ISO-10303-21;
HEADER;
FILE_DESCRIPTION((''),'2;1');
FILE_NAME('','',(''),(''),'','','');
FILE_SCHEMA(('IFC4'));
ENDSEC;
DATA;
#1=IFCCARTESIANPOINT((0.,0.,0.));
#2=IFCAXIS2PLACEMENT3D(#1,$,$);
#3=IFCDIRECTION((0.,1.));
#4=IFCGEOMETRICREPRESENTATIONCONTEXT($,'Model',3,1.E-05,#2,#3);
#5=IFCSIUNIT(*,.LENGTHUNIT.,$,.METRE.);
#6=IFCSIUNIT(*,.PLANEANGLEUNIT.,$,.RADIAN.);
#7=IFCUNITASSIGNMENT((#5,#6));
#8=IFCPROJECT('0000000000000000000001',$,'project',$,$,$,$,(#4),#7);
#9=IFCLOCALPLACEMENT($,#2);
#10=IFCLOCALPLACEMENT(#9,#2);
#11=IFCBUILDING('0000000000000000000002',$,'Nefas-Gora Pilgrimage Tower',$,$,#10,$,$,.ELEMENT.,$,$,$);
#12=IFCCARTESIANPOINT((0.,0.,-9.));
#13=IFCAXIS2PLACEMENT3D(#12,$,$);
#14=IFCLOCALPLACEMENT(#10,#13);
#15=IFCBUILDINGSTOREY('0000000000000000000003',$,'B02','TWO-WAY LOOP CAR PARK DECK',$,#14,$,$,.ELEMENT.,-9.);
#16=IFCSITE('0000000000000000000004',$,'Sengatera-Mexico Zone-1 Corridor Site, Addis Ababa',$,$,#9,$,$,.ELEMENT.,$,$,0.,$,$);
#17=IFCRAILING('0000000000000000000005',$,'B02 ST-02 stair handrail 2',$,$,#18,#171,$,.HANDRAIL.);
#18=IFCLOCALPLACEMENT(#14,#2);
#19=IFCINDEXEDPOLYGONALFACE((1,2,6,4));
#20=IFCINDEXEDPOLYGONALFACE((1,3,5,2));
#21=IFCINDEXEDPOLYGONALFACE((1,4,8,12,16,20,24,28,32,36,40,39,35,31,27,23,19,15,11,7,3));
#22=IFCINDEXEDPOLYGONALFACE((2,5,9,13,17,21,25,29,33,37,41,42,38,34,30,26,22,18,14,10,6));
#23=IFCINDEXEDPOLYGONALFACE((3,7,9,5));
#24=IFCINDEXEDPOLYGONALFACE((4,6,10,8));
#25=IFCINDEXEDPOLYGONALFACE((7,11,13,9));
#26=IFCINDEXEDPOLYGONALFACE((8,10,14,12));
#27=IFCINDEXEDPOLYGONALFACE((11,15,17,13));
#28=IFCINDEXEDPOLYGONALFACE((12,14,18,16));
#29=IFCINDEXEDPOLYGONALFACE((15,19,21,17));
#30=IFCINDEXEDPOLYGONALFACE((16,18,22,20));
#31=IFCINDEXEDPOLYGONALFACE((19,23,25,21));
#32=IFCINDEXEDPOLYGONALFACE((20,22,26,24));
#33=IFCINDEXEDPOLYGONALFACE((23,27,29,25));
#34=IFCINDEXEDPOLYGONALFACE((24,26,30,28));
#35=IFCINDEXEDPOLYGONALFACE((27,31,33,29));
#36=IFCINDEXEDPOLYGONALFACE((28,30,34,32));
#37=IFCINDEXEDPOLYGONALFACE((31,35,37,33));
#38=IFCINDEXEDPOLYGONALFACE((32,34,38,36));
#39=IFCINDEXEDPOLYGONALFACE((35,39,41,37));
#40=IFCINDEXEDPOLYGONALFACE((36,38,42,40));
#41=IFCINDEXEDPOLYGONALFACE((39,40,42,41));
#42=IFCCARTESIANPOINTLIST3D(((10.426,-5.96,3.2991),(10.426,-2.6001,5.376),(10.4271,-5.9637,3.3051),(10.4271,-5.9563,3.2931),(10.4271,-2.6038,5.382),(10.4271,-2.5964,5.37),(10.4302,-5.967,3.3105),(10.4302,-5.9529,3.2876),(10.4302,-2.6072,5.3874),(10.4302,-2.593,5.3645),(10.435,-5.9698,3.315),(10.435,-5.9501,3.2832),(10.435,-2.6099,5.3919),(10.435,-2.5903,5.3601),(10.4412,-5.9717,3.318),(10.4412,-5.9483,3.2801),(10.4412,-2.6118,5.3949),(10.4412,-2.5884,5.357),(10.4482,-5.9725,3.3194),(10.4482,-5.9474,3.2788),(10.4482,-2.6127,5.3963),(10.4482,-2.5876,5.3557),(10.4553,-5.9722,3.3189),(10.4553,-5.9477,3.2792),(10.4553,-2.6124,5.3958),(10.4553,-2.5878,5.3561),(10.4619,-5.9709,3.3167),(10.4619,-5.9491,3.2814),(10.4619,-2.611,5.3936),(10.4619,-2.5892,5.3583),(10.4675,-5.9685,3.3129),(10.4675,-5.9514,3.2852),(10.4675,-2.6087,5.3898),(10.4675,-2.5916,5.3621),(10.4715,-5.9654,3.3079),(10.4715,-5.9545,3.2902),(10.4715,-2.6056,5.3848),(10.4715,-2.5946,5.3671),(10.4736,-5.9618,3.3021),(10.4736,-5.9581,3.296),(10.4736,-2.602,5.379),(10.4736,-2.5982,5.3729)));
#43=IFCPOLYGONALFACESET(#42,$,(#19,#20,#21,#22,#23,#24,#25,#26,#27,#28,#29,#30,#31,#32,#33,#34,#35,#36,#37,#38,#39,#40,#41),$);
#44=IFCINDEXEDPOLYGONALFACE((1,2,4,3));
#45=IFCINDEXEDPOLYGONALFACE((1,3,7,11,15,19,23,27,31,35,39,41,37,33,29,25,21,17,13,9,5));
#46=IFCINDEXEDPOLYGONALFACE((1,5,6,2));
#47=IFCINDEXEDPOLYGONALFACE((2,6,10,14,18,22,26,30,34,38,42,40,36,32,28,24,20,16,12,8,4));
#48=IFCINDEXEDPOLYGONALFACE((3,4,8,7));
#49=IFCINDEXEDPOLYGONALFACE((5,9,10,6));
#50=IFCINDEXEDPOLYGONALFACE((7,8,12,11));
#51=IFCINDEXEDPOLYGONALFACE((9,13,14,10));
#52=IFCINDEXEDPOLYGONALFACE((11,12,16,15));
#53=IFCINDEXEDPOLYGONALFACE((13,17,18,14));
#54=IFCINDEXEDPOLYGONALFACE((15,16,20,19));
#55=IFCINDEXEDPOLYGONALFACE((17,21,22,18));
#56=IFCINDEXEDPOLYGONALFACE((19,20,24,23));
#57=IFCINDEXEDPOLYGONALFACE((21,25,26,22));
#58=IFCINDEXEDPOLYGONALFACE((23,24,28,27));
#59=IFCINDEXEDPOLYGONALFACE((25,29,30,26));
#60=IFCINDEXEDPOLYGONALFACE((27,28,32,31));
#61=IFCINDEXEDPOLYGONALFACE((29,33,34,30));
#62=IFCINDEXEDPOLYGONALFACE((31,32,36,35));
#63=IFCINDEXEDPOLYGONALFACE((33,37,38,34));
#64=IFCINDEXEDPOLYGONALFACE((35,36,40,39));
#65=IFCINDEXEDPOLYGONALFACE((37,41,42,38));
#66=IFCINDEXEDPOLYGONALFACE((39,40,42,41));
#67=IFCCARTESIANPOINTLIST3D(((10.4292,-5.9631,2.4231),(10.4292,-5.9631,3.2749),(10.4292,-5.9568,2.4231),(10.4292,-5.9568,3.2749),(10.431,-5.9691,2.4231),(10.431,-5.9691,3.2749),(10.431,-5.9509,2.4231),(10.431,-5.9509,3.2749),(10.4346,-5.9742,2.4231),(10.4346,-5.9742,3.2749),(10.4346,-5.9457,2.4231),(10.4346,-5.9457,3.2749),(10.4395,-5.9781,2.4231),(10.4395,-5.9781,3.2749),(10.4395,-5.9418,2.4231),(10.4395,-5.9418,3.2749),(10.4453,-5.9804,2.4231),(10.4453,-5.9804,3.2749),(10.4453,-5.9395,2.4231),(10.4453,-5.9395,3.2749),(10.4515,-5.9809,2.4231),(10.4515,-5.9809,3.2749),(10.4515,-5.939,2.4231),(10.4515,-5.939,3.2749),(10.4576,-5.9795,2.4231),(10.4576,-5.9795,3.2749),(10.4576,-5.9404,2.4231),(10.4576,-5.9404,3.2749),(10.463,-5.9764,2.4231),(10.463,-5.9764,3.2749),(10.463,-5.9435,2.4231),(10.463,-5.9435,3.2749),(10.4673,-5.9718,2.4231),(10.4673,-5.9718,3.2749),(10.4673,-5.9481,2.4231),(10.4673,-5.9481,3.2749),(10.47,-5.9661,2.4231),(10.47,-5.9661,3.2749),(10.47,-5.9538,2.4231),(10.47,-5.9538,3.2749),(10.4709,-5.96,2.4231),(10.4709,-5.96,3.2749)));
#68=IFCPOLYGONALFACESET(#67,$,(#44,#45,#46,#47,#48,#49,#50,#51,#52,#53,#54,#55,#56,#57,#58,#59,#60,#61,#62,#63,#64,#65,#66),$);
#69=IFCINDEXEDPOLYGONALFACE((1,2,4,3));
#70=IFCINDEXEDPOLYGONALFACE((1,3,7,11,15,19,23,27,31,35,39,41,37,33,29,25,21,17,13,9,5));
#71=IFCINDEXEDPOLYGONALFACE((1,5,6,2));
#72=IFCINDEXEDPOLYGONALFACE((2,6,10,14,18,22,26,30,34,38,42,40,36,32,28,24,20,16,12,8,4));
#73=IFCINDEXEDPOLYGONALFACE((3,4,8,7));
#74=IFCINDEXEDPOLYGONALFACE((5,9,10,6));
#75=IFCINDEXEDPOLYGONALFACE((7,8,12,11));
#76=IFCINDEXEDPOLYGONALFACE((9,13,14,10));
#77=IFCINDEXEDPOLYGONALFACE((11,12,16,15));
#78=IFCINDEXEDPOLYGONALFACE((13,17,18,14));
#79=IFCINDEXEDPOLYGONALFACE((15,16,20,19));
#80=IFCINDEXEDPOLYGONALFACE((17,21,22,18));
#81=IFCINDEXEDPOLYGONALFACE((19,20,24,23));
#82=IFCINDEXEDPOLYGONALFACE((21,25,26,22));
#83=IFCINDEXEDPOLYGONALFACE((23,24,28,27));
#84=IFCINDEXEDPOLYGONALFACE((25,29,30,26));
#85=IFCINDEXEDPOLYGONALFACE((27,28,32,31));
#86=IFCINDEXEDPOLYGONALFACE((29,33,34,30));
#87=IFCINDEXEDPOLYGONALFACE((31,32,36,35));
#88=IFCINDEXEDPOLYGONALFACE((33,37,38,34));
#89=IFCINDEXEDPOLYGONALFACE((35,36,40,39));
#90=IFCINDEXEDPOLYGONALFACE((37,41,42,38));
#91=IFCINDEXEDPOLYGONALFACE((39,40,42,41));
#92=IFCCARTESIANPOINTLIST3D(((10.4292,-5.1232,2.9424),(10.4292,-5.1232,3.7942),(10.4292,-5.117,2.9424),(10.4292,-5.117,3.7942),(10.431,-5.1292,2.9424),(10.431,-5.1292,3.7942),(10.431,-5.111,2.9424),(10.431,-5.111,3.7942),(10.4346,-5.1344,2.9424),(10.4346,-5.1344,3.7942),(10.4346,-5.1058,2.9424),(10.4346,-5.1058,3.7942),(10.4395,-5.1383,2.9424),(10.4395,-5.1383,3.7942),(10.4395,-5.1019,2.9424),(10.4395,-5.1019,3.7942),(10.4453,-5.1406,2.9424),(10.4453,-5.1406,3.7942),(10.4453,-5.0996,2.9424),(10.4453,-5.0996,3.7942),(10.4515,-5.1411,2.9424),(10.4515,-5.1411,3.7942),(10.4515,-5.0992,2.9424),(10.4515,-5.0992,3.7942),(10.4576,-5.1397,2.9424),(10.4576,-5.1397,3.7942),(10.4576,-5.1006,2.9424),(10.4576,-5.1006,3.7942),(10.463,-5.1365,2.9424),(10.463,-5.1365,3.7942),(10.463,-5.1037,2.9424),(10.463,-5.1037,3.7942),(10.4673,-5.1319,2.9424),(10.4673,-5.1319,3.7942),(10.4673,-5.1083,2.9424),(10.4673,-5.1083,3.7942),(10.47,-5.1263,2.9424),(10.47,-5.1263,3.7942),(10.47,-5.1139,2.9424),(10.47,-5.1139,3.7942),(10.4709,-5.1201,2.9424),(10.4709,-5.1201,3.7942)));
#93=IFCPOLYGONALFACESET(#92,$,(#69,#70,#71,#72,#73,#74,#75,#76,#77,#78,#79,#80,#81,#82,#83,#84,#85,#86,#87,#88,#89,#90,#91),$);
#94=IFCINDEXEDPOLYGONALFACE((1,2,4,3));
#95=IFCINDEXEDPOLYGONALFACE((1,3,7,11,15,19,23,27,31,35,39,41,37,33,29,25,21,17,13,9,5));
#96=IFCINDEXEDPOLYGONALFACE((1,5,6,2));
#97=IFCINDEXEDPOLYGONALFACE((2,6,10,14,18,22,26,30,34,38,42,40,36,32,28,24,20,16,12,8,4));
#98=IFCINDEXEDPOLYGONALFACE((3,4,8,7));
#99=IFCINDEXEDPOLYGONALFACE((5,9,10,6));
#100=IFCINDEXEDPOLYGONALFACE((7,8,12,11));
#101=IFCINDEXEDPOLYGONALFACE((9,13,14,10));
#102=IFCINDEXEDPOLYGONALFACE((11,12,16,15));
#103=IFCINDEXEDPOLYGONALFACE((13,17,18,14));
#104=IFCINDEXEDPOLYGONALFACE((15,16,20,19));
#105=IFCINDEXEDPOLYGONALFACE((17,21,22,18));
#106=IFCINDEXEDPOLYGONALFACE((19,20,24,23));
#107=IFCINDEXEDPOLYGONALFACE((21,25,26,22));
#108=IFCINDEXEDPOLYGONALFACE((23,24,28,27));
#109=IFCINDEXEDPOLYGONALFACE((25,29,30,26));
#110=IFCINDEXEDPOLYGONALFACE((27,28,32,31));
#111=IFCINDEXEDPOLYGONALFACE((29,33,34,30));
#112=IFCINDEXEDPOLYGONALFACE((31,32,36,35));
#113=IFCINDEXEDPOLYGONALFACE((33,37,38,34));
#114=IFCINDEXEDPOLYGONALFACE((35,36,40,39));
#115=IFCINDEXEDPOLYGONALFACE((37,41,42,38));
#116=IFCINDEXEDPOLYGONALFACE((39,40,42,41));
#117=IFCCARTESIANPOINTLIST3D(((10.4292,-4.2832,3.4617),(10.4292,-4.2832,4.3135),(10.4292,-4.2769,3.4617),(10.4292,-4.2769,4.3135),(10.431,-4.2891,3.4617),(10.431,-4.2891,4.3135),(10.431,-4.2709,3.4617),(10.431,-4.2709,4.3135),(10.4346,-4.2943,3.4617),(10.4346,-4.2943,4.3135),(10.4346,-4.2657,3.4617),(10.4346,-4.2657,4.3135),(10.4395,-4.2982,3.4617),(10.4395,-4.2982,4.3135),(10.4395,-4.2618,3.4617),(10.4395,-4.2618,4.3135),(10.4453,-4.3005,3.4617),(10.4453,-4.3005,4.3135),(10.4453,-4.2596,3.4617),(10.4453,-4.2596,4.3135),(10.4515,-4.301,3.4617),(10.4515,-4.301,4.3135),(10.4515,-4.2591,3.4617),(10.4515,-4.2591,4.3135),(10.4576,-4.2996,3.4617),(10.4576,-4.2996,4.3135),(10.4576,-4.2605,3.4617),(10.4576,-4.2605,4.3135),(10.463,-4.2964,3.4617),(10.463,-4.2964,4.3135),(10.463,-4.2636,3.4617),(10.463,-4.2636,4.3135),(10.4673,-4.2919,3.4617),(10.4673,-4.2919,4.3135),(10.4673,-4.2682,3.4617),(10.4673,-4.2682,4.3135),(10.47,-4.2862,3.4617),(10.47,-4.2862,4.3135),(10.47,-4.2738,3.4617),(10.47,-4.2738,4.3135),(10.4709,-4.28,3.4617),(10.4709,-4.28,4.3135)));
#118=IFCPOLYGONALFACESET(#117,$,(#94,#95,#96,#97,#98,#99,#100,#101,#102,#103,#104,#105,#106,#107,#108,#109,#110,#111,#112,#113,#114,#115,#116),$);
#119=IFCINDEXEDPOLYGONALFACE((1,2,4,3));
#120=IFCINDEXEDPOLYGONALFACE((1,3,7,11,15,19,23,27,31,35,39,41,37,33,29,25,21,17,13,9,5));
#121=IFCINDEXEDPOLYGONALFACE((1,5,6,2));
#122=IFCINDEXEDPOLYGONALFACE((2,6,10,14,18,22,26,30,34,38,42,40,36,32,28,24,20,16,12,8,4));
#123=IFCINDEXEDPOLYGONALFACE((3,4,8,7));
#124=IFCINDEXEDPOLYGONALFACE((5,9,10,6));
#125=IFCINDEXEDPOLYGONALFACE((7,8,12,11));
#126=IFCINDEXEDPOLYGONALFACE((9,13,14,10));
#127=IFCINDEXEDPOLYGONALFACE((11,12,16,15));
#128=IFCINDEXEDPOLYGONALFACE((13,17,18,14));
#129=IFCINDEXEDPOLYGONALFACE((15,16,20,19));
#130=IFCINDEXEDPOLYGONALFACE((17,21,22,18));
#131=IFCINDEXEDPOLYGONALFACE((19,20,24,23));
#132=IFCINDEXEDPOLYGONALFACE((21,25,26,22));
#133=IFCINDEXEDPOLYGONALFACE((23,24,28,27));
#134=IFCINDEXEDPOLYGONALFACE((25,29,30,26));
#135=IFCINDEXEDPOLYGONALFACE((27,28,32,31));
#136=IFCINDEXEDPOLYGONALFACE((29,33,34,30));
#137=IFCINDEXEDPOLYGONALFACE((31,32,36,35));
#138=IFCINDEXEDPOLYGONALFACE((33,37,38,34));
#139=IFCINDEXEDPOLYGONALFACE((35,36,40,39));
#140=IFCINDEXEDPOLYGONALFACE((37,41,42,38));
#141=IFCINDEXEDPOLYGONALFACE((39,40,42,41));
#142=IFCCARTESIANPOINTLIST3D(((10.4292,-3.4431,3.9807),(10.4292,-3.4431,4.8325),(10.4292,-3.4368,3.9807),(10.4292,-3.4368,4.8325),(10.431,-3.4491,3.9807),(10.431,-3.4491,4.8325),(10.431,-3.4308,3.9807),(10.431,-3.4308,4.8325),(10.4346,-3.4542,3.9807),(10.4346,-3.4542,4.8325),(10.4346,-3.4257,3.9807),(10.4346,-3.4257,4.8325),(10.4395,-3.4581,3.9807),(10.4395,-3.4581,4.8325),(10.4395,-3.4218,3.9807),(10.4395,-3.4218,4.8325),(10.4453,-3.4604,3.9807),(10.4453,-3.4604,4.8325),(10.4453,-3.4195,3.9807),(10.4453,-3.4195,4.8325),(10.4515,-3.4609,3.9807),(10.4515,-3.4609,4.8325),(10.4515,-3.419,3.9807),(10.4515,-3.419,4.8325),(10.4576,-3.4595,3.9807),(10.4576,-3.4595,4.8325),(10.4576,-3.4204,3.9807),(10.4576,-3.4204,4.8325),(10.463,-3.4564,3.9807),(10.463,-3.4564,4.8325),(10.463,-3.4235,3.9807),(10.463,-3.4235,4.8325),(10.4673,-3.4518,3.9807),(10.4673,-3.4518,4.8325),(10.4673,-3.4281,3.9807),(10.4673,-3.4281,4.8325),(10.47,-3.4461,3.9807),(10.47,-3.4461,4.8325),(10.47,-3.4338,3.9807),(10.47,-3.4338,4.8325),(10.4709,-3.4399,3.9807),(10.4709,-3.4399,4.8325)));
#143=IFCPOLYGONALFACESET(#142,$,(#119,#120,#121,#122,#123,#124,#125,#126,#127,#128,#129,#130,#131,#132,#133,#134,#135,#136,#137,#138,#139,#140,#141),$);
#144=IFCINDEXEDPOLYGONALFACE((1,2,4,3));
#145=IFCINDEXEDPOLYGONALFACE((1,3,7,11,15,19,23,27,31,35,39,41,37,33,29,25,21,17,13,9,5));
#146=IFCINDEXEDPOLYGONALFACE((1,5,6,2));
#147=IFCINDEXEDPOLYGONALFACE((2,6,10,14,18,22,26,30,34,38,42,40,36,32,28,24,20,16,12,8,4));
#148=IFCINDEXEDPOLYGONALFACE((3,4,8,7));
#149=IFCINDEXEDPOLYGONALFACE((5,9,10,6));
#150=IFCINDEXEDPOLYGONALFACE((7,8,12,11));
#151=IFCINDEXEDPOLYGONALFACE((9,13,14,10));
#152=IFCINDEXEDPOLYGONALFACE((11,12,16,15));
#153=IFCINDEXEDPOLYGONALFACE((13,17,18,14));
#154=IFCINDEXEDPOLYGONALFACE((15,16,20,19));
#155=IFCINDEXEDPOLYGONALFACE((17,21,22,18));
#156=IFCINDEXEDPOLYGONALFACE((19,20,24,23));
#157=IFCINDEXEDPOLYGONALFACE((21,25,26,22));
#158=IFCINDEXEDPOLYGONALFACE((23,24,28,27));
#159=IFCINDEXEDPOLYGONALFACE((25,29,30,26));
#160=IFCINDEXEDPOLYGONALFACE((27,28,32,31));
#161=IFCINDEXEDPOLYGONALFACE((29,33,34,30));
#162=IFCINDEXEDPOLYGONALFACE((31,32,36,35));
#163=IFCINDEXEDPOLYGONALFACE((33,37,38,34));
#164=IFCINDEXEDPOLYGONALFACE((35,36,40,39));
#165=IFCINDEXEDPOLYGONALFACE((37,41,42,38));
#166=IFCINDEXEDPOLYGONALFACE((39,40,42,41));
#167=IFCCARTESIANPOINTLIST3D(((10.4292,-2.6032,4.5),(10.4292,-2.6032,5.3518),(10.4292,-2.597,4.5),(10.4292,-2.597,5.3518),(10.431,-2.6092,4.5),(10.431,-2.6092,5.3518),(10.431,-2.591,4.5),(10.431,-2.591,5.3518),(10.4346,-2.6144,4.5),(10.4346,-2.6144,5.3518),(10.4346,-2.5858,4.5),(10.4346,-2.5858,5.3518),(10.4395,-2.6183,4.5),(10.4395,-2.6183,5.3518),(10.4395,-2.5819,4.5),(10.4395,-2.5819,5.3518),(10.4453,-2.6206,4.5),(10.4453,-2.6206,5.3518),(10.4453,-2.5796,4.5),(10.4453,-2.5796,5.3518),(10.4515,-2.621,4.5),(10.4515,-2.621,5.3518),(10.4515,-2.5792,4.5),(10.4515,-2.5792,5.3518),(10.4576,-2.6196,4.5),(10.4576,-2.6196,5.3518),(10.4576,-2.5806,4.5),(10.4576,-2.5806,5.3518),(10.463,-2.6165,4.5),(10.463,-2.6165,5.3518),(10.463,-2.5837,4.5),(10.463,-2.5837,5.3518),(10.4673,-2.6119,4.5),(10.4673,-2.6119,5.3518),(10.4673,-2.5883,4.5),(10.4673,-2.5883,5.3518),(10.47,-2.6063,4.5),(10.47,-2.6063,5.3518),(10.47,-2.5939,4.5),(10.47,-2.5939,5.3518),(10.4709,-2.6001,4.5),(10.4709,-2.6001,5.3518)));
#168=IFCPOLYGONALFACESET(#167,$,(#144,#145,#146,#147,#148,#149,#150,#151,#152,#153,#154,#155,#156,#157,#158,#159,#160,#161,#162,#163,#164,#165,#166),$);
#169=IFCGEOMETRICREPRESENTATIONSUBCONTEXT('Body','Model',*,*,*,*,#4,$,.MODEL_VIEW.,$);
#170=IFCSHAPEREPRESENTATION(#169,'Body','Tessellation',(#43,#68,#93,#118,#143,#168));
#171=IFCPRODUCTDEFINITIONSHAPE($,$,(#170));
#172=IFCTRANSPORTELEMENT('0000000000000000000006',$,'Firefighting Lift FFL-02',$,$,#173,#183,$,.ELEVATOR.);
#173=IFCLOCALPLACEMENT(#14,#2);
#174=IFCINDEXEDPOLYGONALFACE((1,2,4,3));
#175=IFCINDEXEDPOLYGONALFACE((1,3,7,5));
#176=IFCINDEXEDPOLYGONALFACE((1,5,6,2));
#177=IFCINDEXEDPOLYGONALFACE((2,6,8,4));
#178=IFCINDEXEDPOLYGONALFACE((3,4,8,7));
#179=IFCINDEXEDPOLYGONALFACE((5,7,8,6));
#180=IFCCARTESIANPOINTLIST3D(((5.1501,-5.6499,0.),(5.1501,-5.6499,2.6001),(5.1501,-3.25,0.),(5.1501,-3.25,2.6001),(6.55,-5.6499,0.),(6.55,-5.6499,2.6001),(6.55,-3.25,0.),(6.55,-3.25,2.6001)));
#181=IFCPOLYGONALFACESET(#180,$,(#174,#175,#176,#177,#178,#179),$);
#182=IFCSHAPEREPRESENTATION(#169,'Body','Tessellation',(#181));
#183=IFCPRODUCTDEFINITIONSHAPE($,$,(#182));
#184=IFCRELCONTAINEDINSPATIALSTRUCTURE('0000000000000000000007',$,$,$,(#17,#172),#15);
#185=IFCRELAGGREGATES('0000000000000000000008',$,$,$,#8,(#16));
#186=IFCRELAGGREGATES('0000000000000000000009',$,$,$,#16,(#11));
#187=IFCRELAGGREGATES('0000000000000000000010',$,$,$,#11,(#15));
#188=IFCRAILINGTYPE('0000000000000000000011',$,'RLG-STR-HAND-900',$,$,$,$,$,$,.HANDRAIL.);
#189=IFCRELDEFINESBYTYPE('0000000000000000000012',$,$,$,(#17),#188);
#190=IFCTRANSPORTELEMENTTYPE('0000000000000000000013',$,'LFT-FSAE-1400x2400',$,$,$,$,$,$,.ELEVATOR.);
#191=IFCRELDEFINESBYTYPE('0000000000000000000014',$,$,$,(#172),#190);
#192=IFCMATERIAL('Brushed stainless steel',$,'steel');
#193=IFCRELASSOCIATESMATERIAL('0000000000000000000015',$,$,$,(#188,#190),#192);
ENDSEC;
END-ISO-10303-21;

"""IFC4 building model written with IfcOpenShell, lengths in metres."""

from ifc_helpers import new_model, si_unit, direction, frame, origin, origin_2d, place, context, subcontext, project, spatial, rectangle, circle, extrude, source, transform, mapped, material, type_object, element, save


model = new_model("IFC4")

# Units and contexts
model_context = context("Model", 3, precision=1e-05, world=origin(), true_north=direction((0.0, 1.0)))
body_context = subcontext(model_context, "Body", "Model", "MODEL_VIEW")
ifc_project = project(units=[si_unit("LENGTHUNIT", "METRE"), si_unit("PLANEANGLEUNIT", "RADIAN")], contexts=[model_context])

# Site, building, storey
site_placement = place(None, origin())
site = spatial("IfcSite", under=ifc_project, at=site_placement, Name="Sengatera-Mexico Zone-1 Corridor Site, Addis Ababa", CompositionType="ELEMENT", RefElevation=0.0)
building_placement = place(site_placement, origin())
building = spatial("IfcBuilding", under=site, at=building_placement, Name="Nefas-Gora Pilgrimage Tower", CompositionType="ELEMENT")
storey_placement = place(building_placement, frame((0.0, 0.0, -9.0)))
storey = spatial("IfcBuildingStorey", under=building, at=storey_placement, Name="B02", Description="TWO-WAY LOOP CAR PARK DECK", CompositionType="ELEMENT", Elevation=-9.0)

# Railing
ifc_material_1 = material(Name="Brushed stainless steel", Category="steel")
railing_type_1 = type_object("IfcRailingType", Name="RLG-STR-HAND-900", PredefinedType="HANDRAIL", material=ifc_material_1)
railing_1_placement = place(storey_placement, frame((10.45, -5.96, 2.4231)))
element("IfcRailing", 1, at=railing_1_placement, inside=storey, type_object=railing_type_1, Name="B02 ST-02 stair handrail 2", PredefinedType="HANDRAIL", context=body_context, shape_type="SweptSolid", body=[
    extrude(circle(Radius=0.0239, at=origin_2d()), frame((0.0, 0.0, 0.876), z_axis=(0.0, 0.850606, 0.525803), x_axis=(-1.0, 0.0, 0.0)), (0.0, 0.0, 1.0), 3.95),
    extrude(circle(Radius=0.021, at=origin_2d()), origin(), (0.0, 0.0, 1.0), 0.8518),
    extrude(circle(Radius=0.021, at=origin_2d()), frame((0.0, 0.8398, 0.5193)), (0.0, 0.0, 1.0), 0.8518),
    extrude(circle(Radius=0.021, at=origin_2d()), frame((0.0, 1.6799, 1.0386)), (0.0, 0.0, 1.0), 0.8518),
    extrude(circle(Radius=0.021, at=origin_2d()), frame((0.0, 2.52, 1.5576)), (0.0, 0.0, 1.0), 0.8518),
    extrude(circle(Radius=0.021, at=origin_2d()), frame((0.0, 3.3599, 2.0769)), (0.0, 0.0, 1.0), 0.8518),
])

# Transport element
transport_element_type = type_object("IfcTransportElementType", Name="LFT-FSAE-1400x2400", PredefinedType="ELEVATOR", material=ifc_material_1)
shared_shape_1 = source(origin(), body_context, "Body", "SweptSolid", [
    extrude(rectangle(XDim=1.3999, YDim=2.3999, at=origin_2d()), origin(), (0.0, 0.0, 1.0), 2.6001),
])
transport_element_placement = place(storey_placement, frame((5.8501, -4.45, 0.0), z_axis=(0.0, 0.0, 1.0), x_axis=(1.0, 0.0, 0.0)))
element("IfcTransportElement", 2, at=transport_element_placement, inside=storey, type_object=transport_element_type, Name="Firefighting Lift FFL-02", PredefinedType="ELEVATOR", context=body_context, shape_type="MappedRepresentation", body=[
    mapped(shared_shape_1, transform((0.0, 0.0, 0.0), x_axis=(1.0, 0.0, 0.0), y_axis=(0.0, 1.0, 0.0), z_axis=(0.0, 0.0, 1.0), scale=1.0)),
])

save(model, "model.ifc")
